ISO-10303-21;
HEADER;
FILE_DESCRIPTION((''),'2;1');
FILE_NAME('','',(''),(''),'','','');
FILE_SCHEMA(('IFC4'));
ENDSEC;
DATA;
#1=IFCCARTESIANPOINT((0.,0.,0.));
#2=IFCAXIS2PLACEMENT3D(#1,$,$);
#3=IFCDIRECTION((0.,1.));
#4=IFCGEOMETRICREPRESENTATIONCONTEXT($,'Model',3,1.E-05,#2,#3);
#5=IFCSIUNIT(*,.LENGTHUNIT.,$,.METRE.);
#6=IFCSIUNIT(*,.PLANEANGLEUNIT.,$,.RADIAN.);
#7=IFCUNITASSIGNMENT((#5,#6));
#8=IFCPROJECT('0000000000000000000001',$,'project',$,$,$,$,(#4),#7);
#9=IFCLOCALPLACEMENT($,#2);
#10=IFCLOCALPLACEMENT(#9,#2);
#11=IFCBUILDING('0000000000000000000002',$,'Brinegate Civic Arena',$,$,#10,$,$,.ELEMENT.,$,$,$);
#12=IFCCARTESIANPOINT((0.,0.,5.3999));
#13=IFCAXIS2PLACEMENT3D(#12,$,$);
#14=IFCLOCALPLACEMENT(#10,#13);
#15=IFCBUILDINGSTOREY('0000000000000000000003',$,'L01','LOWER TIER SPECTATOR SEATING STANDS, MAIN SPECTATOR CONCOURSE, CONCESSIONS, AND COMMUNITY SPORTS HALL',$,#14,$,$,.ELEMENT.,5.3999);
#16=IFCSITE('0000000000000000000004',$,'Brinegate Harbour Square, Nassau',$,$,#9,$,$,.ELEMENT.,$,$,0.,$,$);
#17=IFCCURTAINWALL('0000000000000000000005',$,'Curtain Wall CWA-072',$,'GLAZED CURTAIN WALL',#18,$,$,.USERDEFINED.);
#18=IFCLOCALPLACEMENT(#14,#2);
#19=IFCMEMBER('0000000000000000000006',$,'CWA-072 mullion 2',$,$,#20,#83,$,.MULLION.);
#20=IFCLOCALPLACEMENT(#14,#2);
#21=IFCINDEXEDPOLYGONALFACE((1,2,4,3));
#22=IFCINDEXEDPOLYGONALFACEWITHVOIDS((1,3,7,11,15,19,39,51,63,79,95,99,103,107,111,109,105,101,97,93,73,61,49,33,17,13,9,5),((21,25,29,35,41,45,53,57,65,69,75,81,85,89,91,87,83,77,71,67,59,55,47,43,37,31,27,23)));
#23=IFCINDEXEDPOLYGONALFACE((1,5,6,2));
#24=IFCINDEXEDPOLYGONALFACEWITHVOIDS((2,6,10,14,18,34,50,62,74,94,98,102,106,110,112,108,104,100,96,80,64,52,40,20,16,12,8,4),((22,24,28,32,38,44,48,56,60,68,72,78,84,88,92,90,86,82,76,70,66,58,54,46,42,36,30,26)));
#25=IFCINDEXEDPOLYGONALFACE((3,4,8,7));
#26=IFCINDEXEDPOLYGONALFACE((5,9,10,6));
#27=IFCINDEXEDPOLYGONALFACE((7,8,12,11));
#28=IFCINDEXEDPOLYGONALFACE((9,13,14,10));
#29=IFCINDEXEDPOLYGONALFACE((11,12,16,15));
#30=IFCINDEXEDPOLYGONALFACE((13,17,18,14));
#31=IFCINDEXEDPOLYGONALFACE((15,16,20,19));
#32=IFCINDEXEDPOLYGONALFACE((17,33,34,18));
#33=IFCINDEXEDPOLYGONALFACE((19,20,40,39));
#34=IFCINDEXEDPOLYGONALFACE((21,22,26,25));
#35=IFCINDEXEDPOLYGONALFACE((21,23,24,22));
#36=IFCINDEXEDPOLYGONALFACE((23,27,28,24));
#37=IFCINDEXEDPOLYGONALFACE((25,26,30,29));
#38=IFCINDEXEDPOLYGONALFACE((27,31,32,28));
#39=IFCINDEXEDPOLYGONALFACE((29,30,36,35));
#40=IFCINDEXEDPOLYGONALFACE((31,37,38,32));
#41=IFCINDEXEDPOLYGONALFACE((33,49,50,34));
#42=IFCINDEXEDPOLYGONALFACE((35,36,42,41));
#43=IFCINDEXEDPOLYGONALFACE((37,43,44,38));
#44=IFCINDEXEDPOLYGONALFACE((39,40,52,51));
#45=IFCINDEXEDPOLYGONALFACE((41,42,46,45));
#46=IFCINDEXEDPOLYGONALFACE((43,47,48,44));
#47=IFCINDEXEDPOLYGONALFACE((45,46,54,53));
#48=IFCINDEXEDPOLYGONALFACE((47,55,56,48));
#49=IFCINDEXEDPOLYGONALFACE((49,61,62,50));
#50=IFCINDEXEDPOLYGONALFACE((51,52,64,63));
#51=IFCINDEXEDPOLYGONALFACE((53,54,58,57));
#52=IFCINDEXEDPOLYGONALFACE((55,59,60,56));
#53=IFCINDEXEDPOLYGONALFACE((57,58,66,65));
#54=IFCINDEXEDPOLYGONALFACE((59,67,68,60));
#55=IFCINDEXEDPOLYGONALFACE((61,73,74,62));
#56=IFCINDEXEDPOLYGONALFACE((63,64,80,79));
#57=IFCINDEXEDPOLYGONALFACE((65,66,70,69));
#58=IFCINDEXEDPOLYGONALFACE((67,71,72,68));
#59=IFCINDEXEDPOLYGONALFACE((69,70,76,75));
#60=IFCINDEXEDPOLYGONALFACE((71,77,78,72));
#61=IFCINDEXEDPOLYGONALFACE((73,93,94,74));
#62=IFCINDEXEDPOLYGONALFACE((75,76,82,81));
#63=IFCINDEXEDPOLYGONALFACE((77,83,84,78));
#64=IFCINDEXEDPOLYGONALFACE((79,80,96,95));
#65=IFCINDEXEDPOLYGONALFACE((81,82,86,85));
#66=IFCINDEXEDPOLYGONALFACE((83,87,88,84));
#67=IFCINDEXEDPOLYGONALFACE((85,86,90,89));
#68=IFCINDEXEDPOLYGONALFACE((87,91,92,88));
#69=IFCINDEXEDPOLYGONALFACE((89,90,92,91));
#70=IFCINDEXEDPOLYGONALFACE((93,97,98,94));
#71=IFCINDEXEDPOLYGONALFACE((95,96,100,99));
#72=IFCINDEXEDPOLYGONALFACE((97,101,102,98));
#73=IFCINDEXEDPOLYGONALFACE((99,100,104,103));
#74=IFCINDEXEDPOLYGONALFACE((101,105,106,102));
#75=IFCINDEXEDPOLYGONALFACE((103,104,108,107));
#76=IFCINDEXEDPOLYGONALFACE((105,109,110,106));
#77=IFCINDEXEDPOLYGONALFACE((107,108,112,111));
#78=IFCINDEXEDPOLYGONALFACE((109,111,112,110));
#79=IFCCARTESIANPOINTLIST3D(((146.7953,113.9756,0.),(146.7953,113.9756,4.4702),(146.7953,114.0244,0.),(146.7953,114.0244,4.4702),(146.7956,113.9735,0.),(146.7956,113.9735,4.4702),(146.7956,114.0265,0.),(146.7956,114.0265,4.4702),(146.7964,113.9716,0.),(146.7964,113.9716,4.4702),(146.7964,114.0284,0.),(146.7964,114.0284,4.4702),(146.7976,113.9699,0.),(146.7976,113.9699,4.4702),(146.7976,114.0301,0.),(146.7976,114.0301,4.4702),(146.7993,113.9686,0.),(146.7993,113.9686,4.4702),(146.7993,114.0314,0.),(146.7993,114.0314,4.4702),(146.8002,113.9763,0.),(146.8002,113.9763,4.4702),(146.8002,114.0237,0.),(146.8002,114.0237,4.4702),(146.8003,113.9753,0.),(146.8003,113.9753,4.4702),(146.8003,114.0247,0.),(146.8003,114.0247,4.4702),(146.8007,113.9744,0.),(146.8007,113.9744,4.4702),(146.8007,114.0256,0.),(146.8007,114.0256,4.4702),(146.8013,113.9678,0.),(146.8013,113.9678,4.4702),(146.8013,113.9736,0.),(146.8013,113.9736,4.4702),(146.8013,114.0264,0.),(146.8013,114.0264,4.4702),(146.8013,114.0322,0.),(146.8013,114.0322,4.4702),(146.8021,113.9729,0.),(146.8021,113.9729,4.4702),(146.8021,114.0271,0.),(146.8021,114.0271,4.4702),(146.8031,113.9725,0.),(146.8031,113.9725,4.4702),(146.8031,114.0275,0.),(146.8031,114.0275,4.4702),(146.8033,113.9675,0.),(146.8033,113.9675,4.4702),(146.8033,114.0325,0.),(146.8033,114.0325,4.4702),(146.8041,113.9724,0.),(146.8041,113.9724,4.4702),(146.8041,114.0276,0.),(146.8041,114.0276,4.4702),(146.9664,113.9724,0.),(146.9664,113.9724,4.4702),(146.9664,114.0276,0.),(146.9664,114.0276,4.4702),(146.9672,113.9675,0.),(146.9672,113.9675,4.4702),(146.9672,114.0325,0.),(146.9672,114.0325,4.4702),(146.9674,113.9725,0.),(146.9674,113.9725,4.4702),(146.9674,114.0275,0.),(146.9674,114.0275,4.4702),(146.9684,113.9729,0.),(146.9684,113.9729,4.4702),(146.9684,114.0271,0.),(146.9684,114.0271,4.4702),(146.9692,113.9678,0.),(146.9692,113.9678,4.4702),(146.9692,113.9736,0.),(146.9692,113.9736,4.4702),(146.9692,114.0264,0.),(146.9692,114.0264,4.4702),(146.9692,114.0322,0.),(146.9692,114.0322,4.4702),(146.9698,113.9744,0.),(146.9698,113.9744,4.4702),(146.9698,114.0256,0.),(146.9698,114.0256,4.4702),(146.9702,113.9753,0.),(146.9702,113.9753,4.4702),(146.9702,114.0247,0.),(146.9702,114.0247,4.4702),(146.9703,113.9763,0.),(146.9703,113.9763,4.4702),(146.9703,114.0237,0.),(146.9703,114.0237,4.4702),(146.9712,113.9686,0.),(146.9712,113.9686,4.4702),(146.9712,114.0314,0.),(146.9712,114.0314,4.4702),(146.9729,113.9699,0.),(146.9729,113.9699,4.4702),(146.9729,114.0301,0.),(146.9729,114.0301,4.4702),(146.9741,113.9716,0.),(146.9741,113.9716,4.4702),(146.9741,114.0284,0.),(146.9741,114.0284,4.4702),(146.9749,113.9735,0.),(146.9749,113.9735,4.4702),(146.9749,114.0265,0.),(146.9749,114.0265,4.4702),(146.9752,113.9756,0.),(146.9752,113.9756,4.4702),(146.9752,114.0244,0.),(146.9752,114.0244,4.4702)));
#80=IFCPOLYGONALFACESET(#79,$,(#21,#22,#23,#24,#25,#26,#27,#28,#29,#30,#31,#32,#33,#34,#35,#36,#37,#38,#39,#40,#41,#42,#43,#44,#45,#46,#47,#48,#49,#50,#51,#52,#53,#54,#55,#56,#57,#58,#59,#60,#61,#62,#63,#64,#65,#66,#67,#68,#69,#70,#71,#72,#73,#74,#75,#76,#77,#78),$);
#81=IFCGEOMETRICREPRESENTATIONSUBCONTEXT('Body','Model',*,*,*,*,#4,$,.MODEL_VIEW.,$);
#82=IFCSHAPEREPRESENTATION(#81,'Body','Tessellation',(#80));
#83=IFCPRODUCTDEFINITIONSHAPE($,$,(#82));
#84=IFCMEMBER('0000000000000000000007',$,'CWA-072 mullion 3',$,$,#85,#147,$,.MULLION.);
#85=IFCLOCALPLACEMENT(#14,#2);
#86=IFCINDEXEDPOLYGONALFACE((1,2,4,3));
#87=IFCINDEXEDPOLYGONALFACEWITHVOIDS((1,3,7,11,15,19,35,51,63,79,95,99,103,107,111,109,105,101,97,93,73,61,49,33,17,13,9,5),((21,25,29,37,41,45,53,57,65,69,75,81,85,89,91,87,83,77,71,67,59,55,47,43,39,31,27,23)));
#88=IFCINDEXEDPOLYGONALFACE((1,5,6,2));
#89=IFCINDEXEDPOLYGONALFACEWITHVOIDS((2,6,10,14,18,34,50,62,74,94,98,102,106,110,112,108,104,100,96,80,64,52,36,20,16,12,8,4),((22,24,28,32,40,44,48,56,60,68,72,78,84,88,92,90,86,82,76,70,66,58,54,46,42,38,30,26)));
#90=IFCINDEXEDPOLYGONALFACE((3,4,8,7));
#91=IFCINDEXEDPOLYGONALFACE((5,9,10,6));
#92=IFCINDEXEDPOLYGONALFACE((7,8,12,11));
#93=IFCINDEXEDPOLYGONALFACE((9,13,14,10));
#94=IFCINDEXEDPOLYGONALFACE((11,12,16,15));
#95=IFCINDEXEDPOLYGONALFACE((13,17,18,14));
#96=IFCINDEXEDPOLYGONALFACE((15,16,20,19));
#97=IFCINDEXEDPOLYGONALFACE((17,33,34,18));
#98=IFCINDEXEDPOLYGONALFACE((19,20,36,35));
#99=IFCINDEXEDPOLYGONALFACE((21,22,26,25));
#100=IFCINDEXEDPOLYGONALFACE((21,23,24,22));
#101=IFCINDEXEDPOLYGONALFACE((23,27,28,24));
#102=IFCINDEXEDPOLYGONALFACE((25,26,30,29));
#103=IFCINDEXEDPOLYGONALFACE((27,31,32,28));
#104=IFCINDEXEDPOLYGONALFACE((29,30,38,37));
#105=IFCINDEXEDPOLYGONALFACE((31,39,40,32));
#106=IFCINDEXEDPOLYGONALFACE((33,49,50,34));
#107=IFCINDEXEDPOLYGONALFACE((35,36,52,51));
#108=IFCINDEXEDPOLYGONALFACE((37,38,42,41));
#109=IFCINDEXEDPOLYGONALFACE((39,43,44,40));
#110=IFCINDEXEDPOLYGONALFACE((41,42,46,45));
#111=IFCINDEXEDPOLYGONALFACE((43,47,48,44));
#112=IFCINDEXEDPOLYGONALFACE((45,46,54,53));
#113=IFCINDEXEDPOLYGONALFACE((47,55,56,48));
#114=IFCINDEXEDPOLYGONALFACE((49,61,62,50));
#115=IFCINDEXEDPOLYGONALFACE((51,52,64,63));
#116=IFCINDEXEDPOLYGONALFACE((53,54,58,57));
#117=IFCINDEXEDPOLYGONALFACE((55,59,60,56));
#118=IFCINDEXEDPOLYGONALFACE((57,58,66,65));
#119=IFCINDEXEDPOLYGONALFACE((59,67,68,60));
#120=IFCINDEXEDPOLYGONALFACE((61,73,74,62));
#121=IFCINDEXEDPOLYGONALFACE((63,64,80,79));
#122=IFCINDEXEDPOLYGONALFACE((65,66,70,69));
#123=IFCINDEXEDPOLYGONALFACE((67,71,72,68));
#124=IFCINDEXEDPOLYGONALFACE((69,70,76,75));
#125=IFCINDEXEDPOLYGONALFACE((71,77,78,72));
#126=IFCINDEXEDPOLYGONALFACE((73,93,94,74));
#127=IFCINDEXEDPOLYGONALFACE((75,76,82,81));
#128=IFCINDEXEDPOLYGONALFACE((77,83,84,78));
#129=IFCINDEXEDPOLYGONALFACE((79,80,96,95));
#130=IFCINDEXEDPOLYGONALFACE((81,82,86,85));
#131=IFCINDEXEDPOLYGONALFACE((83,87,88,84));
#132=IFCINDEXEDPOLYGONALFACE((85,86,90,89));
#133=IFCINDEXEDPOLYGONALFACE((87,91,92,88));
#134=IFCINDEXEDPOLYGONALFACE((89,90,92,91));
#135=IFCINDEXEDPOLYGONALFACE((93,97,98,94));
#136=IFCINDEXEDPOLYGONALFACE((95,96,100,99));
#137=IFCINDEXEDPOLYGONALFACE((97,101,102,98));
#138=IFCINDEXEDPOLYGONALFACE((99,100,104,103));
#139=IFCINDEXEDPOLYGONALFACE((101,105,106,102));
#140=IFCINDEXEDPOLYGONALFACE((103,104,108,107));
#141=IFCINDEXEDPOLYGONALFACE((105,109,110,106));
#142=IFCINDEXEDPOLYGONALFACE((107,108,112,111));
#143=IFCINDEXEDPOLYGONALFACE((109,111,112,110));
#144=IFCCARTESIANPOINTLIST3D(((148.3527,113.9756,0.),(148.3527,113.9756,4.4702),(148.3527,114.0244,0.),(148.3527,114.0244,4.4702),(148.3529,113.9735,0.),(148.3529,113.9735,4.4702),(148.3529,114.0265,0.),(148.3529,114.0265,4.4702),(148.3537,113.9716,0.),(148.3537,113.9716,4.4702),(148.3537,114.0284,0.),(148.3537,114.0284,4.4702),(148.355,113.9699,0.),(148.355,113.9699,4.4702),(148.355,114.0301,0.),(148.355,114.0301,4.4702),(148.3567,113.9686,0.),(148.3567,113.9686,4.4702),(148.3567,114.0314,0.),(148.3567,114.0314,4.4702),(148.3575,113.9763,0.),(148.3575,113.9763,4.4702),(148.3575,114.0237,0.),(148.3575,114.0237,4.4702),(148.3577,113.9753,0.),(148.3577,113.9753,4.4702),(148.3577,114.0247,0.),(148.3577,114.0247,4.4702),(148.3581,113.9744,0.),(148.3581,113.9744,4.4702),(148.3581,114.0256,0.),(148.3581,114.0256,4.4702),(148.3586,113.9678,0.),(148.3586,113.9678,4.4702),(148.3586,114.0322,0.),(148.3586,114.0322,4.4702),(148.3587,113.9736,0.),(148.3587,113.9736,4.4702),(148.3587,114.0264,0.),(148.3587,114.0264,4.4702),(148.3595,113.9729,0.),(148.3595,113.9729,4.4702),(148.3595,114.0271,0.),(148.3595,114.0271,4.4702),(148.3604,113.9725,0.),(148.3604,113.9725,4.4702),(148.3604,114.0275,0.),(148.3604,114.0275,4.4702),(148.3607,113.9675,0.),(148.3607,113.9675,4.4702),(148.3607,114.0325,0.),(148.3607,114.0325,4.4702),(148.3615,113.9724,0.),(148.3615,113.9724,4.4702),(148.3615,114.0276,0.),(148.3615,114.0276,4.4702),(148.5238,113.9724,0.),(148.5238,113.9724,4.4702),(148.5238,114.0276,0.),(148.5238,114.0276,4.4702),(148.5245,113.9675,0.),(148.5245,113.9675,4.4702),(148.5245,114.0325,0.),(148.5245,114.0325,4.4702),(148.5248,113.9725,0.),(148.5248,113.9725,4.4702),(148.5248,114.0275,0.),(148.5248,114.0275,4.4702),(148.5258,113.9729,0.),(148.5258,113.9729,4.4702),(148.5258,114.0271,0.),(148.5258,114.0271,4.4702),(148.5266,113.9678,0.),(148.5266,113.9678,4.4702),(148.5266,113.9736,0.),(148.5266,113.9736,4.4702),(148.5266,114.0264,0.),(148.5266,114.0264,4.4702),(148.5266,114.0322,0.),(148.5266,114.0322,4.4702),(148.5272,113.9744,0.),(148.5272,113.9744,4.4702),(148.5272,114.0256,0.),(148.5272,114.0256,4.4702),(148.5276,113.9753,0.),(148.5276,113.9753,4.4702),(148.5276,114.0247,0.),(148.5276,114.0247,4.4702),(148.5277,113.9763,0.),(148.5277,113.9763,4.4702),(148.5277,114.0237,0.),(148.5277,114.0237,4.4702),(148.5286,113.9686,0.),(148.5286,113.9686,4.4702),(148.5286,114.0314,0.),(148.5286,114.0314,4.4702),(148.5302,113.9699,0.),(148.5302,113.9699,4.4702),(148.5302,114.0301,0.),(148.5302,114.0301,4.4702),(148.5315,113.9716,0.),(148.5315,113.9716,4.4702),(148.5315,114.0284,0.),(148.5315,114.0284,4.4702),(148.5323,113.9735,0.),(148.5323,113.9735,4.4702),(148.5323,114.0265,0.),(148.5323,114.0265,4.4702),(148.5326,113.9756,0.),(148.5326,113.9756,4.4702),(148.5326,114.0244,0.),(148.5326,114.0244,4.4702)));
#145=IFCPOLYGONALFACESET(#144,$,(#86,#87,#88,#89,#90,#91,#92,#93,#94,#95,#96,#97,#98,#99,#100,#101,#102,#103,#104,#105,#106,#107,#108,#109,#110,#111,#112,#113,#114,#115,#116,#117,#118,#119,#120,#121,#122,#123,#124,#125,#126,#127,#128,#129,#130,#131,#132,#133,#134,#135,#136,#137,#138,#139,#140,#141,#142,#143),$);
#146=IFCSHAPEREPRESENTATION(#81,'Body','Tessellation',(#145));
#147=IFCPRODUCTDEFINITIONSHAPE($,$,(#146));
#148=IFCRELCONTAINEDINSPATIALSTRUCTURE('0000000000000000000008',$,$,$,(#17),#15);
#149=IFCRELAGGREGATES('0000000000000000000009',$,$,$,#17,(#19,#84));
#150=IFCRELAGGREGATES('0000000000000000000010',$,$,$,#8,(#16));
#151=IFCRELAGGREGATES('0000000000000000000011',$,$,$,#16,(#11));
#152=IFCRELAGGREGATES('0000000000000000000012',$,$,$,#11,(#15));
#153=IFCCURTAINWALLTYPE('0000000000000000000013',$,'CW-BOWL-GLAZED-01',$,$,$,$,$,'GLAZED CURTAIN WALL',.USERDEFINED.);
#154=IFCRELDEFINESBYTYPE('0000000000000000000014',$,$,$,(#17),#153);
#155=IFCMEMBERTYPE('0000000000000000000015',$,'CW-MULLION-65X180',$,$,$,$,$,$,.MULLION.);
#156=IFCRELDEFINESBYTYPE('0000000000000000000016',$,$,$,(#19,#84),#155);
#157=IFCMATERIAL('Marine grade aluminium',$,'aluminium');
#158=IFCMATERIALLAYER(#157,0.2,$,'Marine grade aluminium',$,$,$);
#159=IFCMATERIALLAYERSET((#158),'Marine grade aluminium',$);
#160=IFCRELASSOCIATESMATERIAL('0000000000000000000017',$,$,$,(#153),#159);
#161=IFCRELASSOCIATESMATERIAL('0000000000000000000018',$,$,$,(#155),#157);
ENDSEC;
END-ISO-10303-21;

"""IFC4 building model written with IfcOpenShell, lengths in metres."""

from ifc_helpers import new_model, si_unit, direction, frame, origin, origin_2d, place, context, subcontext, project, spatial, hollow_rectangle, extrude, material, layer, layer_set, material_profile, profile_set, type_object, element, aggregate, save


model = new_model("IFC4")

# Units and contexts
model_context = context("Model", 3, precision=1e-05, world=origin(), true_north=direction((0.0, 1.0)))
body_context = subcontext(model_context, "Body", "Model", "MODEL_VIEW")
ifc_project = project(units=[si_unit("LENGTHUNIT", "METRE"), si_unit("PLANEANGLEUNIT", "RADIAN")], contexts=[model_context])

# Site, building, storey
site_placement = place(None, origin())
site = spatial("IfcSite", under=ifc_project, at=site_placement, Name="Brinegate Harbour Square, Nassau", CompositionType="ELEMENT", RefElevation=0.0)
building_placement = place(site_placement, origin())
building = spatial("IfcBuilding", under=site, at=building_placement, Name="Brinegate Civic Arena", CompositionType="ELEMENT")
storey_placement = place(building_placement, frame((0.0, 0.0, 5.3999)))
storey = spatial("IfcBuildingStorey", under=building, at=storey_placement, Name="L01", Description="LOWER TIER SPECTATOR SEATING STANDS, MAIN SPECTATOR CONCOURSE, CONCESSIONS, AND COMMUNITY SPORTS HALL", CompositionType="ELEMENT", Elevation=5.3999)

# Curtain wall, members
ifc_material_1 = material(Name="Marine grade aluminium", Category="aluminium")
ifc_layer_1 = layer(ifc_material_1, 0.2, Name="Marine grade aluminium")
ifc_layer_set_1 = layer_set([ifc_layer_1], Name="Marine grade aluminium")
curtain_wall_type = type_object("IfcCurtainWallType", Name="CW-BOWL-GLAZED-01", ElementType="GLAZED CURTAIN WALL", PredefinedType="USERDEFINED", material=ifc_layer_set_1)
curtain_wall_placement = place(storey_placement, origin())
curtain_wall = element("IfcCurtainWall", 1, at=curtain_wall_placement, inside=storey, type_object=curtain_wall_type, Name="Curtain Wall CWA-072", ObjectType="GLAZED CURTAIN WALL", PredefinedType="USERDEFINED")
ifc_material_profile_1 = material_profile(ifc_material_1, hollow_rectangle(XDim=0.0649, YDim=0.1799, WallThickness=0.0049, InnerFilletRadius=0.0039, OuterFilletRadius=0.0081, at=origin_2d()), Name="MUL65X180")
ifc_profile_set_1 = profile_set([ifc_material_profile_1], Name="Marine grade aluminium")
member_type_1 = type_object("IfcMemberType", Name="CW-MULLION-65X180", PredefinedType="MULLION", material=ifc_profile_set_1)
member_1_placement = place(storey_placement, frame((146.8853, 114.0, 0.0), z_axis=(0.0, 0.0, 1.0), x_axis=(0.0, 1.0, 0.0)))
member_1 = element("IfcMember", 2, at=member_1_placement, type_object=member_type_1, Name="CWA-072 mullion 2", PredefinedType="MULLION", context=body_context, shape_type="SweptSolid", body=[
    extrude(hollow_rectangle(XDim=0.0649, YDim=0.1799, WallThickness=0.0049, InnerFilletRadius=0.0039, OuterFilletRadius=0.0081, at=origin_2d()), origin(), (0.0, 0.0, 1.0), 4.4702),
])
member_2_placement = place(storey_placement, frame((148.4426, 114.0, 0.0), z_axis=(0.0, 0.0, 1.0), x_axis=(0.0, 1.0, 0.0)))
member_2 = element("IfcMember", 3, at=member_2_placement, type_object=member_type_1, Name="CWA-072 mullion 3", PredefinedType="MULLION", context=body_context, shape_type="SweptSolid", body=[
    extrude(hollow_rectangle(XDim=0.0649, YDim=0.1799, WallThickness=0.0049, InnerFilletRadius=0.0039, OuterFilletRadius=0.0081, at=origin_2d()), origin(), (0.0, 0.0, 1.0), 4.4702),
])
aggregate(curtain_wall, [member_1, member_2])

save(model, "model.ifc")
